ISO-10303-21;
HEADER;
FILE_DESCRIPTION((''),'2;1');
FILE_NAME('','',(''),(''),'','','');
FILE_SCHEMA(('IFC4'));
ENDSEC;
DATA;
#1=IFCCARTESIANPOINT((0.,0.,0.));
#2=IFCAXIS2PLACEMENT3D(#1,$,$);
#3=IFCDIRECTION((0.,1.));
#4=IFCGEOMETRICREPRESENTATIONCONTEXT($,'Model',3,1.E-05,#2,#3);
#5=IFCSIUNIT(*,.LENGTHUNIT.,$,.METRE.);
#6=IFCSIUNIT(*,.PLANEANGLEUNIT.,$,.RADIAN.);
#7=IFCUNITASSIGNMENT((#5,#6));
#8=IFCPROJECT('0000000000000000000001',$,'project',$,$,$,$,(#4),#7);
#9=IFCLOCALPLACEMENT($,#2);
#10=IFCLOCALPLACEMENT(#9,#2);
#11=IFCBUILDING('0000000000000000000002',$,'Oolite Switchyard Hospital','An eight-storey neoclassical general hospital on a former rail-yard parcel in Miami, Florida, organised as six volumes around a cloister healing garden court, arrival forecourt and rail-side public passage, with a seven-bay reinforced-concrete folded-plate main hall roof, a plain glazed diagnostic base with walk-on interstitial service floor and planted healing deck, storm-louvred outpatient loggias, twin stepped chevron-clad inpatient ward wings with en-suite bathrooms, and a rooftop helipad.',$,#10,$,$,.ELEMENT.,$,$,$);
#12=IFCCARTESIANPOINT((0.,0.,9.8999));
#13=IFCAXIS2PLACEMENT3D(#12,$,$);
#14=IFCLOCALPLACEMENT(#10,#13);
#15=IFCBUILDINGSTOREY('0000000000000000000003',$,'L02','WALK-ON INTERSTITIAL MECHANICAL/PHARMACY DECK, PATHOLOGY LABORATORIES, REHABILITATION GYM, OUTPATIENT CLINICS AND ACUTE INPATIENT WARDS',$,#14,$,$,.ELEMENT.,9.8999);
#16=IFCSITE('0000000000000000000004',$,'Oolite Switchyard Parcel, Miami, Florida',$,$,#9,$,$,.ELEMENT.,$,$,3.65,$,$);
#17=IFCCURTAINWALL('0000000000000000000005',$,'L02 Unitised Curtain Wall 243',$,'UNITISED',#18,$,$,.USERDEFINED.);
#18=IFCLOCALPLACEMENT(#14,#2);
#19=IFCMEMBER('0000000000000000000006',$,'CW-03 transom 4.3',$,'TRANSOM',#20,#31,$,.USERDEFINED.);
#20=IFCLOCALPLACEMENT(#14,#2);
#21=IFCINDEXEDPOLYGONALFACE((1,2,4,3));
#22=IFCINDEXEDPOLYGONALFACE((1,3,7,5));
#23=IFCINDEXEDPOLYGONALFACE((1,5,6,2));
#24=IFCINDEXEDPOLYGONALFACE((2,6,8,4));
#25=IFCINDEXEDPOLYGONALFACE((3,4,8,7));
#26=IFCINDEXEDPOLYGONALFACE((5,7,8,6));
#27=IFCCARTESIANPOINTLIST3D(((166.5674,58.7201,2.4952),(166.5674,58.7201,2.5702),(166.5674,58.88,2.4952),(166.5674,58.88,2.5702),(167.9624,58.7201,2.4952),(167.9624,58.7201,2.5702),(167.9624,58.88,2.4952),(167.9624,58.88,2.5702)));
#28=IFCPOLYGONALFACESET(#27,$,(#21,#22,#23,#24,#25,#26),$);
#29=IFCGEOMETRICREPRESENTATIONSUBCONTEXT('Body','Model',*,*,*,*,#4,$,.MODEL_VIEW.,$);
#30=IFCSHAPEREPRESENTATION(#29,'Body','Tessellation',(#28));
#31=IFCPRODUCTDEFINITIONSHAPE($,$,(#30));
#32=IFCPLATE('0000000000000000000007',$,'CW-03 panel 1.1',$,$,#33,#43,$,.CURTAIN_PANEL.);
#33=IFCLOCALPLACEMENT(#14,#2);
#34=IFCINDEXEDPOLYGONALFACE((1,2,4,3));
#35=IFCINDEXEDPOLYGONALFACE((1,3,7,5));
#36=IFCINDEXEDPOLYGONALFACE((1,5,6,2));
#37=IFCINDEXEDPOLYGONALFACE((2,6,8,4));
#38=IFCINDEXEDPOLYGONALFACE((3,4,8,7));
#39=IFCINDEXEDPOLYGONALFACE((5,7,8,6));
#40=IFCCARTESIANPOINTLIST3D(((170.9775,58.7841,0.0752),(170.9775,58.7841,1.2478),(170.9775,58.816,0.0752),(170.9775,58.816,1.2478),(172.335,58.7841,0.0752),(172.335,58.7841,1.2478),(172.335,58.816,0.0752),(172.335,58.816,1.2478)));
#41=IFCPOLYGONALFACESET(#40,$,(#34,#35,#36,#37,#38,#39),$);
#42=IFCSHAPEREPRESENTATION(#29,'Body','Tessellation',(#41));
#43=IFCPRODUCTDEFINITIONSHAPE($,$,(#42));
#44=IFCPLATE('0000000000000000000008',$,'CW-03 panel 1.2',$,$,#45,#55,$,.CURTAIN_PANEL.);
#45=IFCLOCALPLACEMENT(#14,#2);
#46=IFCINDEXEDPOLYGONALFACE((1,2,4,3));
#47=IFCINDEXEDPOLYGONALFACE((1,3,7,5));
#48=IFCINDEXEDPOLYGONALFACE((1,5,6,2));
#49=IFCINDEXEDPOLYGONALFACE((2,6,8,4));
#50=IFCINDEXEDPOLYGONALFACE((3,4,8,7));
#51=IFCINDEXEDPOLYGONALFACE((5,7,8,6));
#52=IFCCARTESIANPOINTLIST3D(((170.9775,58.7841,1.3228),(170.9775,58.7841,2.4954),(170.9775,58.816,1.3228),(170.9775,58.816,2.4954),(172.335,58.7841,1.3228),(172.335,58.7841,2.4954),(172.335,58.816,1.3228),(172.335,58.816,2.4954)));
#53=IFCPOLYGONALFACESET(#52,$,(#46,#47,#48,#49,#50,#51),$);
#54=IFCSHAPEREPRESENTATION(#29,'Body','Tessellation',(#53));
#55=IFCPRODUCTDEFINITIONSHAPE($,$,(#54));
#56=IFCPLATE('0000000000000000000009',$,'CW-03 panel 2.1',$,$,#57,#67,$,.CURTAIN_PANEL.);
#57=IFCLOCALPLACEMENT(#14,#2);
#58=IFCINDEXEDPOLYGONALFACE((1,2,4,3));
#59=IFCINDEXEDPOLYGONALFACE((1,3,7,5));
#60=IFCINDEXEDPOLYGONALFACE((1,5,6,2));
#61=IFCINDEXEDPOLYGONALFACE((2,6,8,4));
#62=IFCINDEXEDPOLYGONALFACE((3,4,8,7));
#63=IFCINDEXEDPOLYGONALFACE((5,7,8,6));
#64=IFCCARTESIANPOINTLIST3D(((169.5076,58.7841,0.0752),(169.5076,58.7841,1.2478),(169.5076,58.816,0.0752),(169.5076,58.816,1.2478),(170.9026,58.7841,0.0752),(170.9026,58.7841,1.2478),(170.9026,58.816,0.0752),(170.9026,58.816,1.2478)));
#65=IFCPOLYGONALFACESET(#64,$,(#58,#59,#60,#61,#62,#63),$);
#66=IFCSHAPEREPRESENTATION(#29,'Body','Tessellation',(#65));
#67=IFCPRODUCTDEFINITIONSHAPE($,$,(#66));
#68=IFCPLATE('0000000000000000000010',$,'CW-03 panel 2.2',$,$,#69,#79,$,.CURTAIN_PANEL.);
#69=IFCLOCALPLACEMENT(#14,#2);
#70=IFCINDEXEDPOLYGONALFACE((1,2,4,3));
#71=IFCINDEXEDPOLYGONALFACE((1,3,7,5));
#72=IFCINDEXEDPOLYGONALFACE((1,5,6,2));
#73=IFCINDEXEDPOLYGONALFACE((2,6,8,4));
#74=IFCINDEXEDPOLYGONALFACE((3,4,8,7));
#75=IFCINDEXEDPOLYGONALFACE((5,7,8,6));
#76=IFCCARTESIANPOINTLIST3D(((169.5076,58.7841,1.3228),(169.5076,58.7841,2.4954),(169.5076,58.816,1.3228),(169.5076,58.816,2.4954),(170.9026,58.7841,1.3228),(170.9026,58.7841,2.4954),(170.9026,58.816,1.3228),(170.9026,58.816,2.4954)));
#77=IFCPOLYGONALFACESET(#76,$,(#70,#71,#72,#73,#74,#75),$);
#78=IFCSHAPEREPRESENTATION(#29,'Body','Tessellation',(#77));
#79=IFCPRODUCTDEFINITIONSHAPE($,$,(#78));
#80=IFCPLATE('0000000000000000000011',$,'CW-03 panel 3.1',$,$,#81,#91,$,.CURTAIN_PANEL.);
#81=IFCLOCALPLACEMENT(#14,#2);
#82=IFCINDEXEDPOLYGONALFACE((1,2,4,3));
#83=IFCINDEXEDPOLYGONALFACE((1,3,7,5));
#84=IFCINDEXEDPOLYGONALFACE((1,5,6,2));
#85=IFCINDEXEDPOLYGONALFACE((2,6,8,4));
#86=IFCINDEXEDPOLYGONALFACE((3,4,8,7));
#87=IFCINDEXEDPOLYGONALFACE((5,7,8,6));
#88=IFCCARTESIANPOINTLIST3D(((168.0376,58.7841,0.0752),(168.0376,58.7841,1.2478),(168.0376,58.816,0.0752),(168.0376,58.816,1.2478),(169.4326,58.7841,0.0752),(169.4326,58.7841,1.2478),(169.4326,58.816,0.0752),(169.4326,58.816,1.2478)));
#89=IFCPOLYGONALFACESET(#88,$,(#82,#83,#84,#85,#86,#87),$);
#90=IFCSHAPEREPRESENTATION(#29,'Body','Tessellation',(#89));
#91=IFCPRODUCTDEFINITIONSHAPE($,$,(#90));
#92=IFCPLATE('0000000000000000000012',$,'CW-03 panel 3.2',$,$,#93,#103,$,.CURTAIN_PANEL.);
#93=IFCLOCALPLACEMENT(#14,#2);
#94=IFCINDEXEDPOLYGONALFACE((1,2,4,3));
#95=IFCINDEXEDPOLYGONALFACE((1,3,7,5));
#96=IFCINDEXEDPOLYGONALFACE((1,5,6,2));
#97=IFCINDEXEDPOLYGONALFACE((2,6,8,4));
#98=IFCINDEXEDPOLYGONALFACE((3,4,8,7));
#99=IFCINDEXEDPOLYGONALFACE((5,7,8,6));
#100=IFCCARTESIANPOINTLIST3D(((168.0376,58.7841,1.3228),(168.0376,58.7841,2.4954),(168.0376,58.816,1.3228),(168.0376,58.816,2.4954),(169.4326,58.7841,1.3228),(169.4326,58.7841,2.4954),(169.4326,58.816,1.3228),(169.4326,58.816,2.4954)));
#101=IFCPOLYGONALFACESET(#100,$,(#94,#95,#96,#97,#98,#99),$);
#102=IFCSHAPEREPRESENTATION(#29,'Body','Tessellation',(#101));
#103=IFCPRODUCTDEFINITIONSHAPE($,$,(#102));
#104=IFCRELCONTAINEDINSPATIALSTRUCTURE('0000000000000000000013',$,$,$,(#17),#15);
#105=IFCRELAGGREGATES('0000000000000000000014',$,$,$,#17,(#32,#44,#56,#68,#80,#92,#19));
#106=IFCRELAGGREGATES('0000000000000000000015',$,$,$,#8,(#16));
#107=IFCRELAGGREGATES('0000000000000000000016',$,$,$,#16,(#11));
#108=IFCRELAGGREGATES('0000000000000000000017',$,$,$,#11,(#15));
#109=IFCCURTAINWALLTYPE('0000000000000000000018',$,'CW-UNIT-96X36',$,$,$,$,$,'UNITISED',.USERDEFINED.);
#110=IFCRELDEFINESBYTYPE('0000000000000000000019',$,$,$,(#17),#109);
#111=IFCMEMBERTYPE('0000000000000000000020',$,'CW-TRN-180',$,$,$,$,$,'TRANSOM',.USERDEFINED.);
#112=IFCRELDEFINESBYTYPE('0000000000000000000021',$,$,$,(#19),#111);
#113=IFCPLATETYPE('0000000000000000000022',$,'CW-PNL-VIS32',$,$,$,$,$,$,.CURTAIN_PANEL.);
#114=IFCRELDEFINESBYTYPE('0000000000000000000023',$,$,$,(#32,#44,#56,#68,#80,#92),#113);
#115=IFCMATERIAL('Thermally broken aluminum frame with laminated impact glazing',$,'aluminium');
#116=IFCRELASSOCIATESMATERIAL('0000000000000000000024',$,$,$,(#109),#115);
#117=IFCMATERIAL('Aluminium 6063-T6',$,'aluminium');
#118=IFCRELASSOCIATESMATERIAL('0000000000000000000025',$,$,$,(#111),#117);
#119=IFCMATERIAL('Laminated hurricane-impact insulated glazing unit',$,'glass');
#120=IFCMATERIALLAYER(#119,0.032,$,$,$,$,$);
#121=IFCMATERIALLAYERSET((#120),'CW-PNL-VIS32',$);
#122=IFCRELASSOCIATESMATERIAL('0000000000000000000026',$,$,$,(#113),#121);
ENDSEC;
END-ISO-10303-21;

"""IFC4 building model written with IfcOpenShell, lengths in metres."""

from ifc_helpers import new_model, si_unit, direction, frame, origin, origin_2d, place, context, subcontext, project, spatial, rectangle, extrude, material, layer, layer_set, material_profile, profile_set, type_object, element, aggregate, save


model = new_model("IFC4")

# Units and contexts
model_context = context("Model", 3, precision=1e-05, world=origin(), true_north=direction((0.0, 1.0)))
body_context = subcontext(model_context, "Body", "Model", "MODEL_VIEW")
ifc_project = project(units=[si_unit("LENGTHUNIT", "METRE"), si_unit("PLANEANGLEUNIT", "RADIAN")], contexts=[model_context])

# Site, building, storey
site_placement = place(None, origin())
site = spatial("IfcSite", under=ifc_project, at=site_placement, Name="Oolite Switchyard Parcel, Miami, Florida", CompositionType="ELEMENT", RefElevation=3.65)
building_placement = place(site_placement, origin())
building = spatial("IfcBuilding", under=site, at=building_placement, Name="Oolite Switchyard Hospital", Description="An eight-storey neoclassical general hospital on a former rail-yard parcel in Miami, Florida, organised as six volumes around a cloister healing garden court, arrival forecourt and rail-side public passage, with a seven-bay reinforced-concrete folded-plate main hall roof, a plain glazed diagnostic base with walk-on interstitial service floor and planted healing deck, storm-louvred outpatient loggias, twin stepped chevron-clad inpatient ward wings with en-suite bathrooms, and a rooftop helipad.", CompositionType="ELEMENT")
storey_placement = place(building_placement, frame((0.0, 0.0, 9.8999)))
storey = spatial("IfcBuildingStorey", under=building, at=storey_placement, Name="L02", Description="WALK-ON INTERSTITIAL MECHANICAL/PHARMACY DECK, PATHOLOGY LABORATORIES, REHABILITATION GYM, OUTPATIENT CLINICS AND ACUTE INPATIENT WARDS", CompositionType="ELEMENT", Elevation=9.8999)

# Curtain wall, member, plates
ifc_material_1 = material(Name="Thermally broken aluminum frame with laminated impact glazing", Category="aluminium")
curtain_wall_type = type_object("IfcCurtainWallType", Name="CW-UNIT-96X36", ElementType="UNITISED", PredefinedType="USERDEFINED", material=ifc_material_1)
curtain_wall_placement = place(storey_placement, origin())
curtain_wall = element("IfcCurtainWall", 1, at=curtain_wall_placement, inside=storey, type_object=curtain_wall_type, Name="L02 Unitised Curtain Wall 243", ObjectType="UNITISED", PredefinedType="USERDEFINED")
ifc_material_2 = material(Name="Aluminium 6063-T6", Category="aluminium")
ifc_material_profile_1 = material_profile(ifc_material_2, rectangle(XDim=0.1599, YDim=0.075, at=origin_2d()), Name="CWT75X160")
ifc_profile_set_1 = profile_set([ifc_material_profile_1], Name="Aluminium 6063-T6")
member_type_1 = type_object("IfcMemberType", Name="CW-TRN-180", ElementType="TRANSOM", PredefinedType="USERDEFINED", material=ifc_profile_set_1)
member_1_placement = place(storey_placement, frame((167.9624, 58.8, 2.5327), z_axis=(-1.0, 0.0, 0.0), x_axis=(0.0, -1.0, 0.0)))
member_1 = element("IfcMember", 2, at=member_1_placement, type_object=member_type_1, Name="CW-03 transom 4.3", ObjectType="TRANSOM", PredefinedType="USERDEFINED", context=body_context, shape_type="SweptSolid", body=[
    extrude(rectangle(XDim=0.1599, YDim=0.075, at=origin_2d()), origin(), (0.0, 0.0, 1.0), 1.395),
])
ifc_material_3 = material(Name="Laminated hurricane-impact insulated glazing unit", Category="glass")
ifc_layer = layer(ifc_material_3, 0.032)
ifc_layer_set = layer_set([ifc_layer], Name="CW-PNL-VIS32")
plate_type = type_object("IfcPlateType", Name="CW-PNL-VIS32", PredefinedType="CURTAIN_PANEL", material=ifc_layer_set)
plate_1_placement = place(storey_placement, frame((171.6562, 58.8, 0.0752), z_axis=(0.0, 0.0, 1.0), x_axis=(-1.0, 0.0, 0.0)))
plate_1 = element("IfcPlate", 3, at=plate_1_placement, type_object=plate_type, Name="CW-03 panel 1.1", PredefinedType="CURTAIN_PANEL", context=body_context, shape_type="SweptSolid", body=[
    extrude(rectangle(XDim=1.3574, YDim=0.032, at=origin_2d()), origin(), (0.0, 0.0, 1.0), 1.1726),
])
plate_2_placement = place(storey_placement, frame((171.6562, 58.8, 1.3228), z_axis=(0.0, 0.0, 1.0), x_axis=(-1.0, 0.0, 0.0)))
plate_2 = element("IfcPlate", 4, at=plate_2_placement, type_object=plate_type, Name="CW-03 panel 1.2", PredefinedType="CURTAIN_PANEL", context=body_context, shape_type="SweptSolid", body=[
    extrude(rectangle(XDim=1.3574, YDim=0.032, at=origin_2d()), origin(), (0.0, 0.0, 1.0), 1.1726),
])
plate_3_placement = place(storey_placement, frame((170.2051, 58.8, 0.0752), z_axis=(0.0, 0.0, 1.0), x_axis=(-1.0, 0.0, 0.0)))
plate_3 = element("IfcPlate", 5, at=plate_3_placement, type_object=plate_type, Name="CW-03 panel 2.1", PredefinedType="CURTAIN_PANEL", context=body_context, shape_type="SweptSolid", body=[
    extrude(rectangle(XDim=1.395, YDim=0.032, at=origin_2d()), origin(), (0.0, 0.0, 1.0), 1.1726),
])
plate_4_placement = place(storey_placement, frame((170.2051, 58.8, 1.3228), z_axis=(0.0, 0.0, 1.0), x_axis=(-1.0, 0.0, 0.0)))
plate_4 = element("IfcPlate", 6, at=plate_4_placement, type_object=plate_type, Name="CW-03 panel 2.2", PredefinedType="CURTAIN_PANEL", context=body_context, shape_type="SweptSolid", body=[
    extrude(rectangle(XDim=1.395, YDim=0.032, at=origin_2d()), origin(), (0.0, 0.0, 1.0), 1.1726),
])
plate_5_placement = place(storey_placement, frame((168.7351, 58.8, 0.0752), z_axis=(0.0, 0.0, 1.0), x_axis=(-1.0, 0.0, 0.0)))
plate_5 = element("IfcPlate", 7, at=plate_5_placement, type_object=plate_type, Name="CW-03 panel 3.1", PredefinedType="CURTAIN_PANEL", context=body_context, shape_type="SweptSolid", body=[
    extrude(rectangle(XDim=1.395, YDim=0.032, at=origin_2d()), origin(), (0.0, 0.0, 1.0), 1.1726),
])
plate_6_placement = place(storey_placement, frame((168.7351, 58.8, 1.3228), z_axis=(0.0, 0.0, 1.0), x_axis=(-1.0, 0.0, 0.0)))
plate_6 = element("IfcPlate", 8, at=plate_6_placement, type_object=plate_type, Name="CW-03 panel 3.2", PredefinedType="CURTAIN_PANEL", context=body_context, shape_type="SweptSolid", body=[
    extrude(rectangle(XDim=1.395, YDim=0.032, at=origin_2d()), origin(), (0.0, 0.0, 1.0), 1.1726),
])
aggregate(curtain_wall, [plate_1, plate_2, plate_3, plate_4, plate_5, plate_6, member_1])

save(model, "model.ifc")
